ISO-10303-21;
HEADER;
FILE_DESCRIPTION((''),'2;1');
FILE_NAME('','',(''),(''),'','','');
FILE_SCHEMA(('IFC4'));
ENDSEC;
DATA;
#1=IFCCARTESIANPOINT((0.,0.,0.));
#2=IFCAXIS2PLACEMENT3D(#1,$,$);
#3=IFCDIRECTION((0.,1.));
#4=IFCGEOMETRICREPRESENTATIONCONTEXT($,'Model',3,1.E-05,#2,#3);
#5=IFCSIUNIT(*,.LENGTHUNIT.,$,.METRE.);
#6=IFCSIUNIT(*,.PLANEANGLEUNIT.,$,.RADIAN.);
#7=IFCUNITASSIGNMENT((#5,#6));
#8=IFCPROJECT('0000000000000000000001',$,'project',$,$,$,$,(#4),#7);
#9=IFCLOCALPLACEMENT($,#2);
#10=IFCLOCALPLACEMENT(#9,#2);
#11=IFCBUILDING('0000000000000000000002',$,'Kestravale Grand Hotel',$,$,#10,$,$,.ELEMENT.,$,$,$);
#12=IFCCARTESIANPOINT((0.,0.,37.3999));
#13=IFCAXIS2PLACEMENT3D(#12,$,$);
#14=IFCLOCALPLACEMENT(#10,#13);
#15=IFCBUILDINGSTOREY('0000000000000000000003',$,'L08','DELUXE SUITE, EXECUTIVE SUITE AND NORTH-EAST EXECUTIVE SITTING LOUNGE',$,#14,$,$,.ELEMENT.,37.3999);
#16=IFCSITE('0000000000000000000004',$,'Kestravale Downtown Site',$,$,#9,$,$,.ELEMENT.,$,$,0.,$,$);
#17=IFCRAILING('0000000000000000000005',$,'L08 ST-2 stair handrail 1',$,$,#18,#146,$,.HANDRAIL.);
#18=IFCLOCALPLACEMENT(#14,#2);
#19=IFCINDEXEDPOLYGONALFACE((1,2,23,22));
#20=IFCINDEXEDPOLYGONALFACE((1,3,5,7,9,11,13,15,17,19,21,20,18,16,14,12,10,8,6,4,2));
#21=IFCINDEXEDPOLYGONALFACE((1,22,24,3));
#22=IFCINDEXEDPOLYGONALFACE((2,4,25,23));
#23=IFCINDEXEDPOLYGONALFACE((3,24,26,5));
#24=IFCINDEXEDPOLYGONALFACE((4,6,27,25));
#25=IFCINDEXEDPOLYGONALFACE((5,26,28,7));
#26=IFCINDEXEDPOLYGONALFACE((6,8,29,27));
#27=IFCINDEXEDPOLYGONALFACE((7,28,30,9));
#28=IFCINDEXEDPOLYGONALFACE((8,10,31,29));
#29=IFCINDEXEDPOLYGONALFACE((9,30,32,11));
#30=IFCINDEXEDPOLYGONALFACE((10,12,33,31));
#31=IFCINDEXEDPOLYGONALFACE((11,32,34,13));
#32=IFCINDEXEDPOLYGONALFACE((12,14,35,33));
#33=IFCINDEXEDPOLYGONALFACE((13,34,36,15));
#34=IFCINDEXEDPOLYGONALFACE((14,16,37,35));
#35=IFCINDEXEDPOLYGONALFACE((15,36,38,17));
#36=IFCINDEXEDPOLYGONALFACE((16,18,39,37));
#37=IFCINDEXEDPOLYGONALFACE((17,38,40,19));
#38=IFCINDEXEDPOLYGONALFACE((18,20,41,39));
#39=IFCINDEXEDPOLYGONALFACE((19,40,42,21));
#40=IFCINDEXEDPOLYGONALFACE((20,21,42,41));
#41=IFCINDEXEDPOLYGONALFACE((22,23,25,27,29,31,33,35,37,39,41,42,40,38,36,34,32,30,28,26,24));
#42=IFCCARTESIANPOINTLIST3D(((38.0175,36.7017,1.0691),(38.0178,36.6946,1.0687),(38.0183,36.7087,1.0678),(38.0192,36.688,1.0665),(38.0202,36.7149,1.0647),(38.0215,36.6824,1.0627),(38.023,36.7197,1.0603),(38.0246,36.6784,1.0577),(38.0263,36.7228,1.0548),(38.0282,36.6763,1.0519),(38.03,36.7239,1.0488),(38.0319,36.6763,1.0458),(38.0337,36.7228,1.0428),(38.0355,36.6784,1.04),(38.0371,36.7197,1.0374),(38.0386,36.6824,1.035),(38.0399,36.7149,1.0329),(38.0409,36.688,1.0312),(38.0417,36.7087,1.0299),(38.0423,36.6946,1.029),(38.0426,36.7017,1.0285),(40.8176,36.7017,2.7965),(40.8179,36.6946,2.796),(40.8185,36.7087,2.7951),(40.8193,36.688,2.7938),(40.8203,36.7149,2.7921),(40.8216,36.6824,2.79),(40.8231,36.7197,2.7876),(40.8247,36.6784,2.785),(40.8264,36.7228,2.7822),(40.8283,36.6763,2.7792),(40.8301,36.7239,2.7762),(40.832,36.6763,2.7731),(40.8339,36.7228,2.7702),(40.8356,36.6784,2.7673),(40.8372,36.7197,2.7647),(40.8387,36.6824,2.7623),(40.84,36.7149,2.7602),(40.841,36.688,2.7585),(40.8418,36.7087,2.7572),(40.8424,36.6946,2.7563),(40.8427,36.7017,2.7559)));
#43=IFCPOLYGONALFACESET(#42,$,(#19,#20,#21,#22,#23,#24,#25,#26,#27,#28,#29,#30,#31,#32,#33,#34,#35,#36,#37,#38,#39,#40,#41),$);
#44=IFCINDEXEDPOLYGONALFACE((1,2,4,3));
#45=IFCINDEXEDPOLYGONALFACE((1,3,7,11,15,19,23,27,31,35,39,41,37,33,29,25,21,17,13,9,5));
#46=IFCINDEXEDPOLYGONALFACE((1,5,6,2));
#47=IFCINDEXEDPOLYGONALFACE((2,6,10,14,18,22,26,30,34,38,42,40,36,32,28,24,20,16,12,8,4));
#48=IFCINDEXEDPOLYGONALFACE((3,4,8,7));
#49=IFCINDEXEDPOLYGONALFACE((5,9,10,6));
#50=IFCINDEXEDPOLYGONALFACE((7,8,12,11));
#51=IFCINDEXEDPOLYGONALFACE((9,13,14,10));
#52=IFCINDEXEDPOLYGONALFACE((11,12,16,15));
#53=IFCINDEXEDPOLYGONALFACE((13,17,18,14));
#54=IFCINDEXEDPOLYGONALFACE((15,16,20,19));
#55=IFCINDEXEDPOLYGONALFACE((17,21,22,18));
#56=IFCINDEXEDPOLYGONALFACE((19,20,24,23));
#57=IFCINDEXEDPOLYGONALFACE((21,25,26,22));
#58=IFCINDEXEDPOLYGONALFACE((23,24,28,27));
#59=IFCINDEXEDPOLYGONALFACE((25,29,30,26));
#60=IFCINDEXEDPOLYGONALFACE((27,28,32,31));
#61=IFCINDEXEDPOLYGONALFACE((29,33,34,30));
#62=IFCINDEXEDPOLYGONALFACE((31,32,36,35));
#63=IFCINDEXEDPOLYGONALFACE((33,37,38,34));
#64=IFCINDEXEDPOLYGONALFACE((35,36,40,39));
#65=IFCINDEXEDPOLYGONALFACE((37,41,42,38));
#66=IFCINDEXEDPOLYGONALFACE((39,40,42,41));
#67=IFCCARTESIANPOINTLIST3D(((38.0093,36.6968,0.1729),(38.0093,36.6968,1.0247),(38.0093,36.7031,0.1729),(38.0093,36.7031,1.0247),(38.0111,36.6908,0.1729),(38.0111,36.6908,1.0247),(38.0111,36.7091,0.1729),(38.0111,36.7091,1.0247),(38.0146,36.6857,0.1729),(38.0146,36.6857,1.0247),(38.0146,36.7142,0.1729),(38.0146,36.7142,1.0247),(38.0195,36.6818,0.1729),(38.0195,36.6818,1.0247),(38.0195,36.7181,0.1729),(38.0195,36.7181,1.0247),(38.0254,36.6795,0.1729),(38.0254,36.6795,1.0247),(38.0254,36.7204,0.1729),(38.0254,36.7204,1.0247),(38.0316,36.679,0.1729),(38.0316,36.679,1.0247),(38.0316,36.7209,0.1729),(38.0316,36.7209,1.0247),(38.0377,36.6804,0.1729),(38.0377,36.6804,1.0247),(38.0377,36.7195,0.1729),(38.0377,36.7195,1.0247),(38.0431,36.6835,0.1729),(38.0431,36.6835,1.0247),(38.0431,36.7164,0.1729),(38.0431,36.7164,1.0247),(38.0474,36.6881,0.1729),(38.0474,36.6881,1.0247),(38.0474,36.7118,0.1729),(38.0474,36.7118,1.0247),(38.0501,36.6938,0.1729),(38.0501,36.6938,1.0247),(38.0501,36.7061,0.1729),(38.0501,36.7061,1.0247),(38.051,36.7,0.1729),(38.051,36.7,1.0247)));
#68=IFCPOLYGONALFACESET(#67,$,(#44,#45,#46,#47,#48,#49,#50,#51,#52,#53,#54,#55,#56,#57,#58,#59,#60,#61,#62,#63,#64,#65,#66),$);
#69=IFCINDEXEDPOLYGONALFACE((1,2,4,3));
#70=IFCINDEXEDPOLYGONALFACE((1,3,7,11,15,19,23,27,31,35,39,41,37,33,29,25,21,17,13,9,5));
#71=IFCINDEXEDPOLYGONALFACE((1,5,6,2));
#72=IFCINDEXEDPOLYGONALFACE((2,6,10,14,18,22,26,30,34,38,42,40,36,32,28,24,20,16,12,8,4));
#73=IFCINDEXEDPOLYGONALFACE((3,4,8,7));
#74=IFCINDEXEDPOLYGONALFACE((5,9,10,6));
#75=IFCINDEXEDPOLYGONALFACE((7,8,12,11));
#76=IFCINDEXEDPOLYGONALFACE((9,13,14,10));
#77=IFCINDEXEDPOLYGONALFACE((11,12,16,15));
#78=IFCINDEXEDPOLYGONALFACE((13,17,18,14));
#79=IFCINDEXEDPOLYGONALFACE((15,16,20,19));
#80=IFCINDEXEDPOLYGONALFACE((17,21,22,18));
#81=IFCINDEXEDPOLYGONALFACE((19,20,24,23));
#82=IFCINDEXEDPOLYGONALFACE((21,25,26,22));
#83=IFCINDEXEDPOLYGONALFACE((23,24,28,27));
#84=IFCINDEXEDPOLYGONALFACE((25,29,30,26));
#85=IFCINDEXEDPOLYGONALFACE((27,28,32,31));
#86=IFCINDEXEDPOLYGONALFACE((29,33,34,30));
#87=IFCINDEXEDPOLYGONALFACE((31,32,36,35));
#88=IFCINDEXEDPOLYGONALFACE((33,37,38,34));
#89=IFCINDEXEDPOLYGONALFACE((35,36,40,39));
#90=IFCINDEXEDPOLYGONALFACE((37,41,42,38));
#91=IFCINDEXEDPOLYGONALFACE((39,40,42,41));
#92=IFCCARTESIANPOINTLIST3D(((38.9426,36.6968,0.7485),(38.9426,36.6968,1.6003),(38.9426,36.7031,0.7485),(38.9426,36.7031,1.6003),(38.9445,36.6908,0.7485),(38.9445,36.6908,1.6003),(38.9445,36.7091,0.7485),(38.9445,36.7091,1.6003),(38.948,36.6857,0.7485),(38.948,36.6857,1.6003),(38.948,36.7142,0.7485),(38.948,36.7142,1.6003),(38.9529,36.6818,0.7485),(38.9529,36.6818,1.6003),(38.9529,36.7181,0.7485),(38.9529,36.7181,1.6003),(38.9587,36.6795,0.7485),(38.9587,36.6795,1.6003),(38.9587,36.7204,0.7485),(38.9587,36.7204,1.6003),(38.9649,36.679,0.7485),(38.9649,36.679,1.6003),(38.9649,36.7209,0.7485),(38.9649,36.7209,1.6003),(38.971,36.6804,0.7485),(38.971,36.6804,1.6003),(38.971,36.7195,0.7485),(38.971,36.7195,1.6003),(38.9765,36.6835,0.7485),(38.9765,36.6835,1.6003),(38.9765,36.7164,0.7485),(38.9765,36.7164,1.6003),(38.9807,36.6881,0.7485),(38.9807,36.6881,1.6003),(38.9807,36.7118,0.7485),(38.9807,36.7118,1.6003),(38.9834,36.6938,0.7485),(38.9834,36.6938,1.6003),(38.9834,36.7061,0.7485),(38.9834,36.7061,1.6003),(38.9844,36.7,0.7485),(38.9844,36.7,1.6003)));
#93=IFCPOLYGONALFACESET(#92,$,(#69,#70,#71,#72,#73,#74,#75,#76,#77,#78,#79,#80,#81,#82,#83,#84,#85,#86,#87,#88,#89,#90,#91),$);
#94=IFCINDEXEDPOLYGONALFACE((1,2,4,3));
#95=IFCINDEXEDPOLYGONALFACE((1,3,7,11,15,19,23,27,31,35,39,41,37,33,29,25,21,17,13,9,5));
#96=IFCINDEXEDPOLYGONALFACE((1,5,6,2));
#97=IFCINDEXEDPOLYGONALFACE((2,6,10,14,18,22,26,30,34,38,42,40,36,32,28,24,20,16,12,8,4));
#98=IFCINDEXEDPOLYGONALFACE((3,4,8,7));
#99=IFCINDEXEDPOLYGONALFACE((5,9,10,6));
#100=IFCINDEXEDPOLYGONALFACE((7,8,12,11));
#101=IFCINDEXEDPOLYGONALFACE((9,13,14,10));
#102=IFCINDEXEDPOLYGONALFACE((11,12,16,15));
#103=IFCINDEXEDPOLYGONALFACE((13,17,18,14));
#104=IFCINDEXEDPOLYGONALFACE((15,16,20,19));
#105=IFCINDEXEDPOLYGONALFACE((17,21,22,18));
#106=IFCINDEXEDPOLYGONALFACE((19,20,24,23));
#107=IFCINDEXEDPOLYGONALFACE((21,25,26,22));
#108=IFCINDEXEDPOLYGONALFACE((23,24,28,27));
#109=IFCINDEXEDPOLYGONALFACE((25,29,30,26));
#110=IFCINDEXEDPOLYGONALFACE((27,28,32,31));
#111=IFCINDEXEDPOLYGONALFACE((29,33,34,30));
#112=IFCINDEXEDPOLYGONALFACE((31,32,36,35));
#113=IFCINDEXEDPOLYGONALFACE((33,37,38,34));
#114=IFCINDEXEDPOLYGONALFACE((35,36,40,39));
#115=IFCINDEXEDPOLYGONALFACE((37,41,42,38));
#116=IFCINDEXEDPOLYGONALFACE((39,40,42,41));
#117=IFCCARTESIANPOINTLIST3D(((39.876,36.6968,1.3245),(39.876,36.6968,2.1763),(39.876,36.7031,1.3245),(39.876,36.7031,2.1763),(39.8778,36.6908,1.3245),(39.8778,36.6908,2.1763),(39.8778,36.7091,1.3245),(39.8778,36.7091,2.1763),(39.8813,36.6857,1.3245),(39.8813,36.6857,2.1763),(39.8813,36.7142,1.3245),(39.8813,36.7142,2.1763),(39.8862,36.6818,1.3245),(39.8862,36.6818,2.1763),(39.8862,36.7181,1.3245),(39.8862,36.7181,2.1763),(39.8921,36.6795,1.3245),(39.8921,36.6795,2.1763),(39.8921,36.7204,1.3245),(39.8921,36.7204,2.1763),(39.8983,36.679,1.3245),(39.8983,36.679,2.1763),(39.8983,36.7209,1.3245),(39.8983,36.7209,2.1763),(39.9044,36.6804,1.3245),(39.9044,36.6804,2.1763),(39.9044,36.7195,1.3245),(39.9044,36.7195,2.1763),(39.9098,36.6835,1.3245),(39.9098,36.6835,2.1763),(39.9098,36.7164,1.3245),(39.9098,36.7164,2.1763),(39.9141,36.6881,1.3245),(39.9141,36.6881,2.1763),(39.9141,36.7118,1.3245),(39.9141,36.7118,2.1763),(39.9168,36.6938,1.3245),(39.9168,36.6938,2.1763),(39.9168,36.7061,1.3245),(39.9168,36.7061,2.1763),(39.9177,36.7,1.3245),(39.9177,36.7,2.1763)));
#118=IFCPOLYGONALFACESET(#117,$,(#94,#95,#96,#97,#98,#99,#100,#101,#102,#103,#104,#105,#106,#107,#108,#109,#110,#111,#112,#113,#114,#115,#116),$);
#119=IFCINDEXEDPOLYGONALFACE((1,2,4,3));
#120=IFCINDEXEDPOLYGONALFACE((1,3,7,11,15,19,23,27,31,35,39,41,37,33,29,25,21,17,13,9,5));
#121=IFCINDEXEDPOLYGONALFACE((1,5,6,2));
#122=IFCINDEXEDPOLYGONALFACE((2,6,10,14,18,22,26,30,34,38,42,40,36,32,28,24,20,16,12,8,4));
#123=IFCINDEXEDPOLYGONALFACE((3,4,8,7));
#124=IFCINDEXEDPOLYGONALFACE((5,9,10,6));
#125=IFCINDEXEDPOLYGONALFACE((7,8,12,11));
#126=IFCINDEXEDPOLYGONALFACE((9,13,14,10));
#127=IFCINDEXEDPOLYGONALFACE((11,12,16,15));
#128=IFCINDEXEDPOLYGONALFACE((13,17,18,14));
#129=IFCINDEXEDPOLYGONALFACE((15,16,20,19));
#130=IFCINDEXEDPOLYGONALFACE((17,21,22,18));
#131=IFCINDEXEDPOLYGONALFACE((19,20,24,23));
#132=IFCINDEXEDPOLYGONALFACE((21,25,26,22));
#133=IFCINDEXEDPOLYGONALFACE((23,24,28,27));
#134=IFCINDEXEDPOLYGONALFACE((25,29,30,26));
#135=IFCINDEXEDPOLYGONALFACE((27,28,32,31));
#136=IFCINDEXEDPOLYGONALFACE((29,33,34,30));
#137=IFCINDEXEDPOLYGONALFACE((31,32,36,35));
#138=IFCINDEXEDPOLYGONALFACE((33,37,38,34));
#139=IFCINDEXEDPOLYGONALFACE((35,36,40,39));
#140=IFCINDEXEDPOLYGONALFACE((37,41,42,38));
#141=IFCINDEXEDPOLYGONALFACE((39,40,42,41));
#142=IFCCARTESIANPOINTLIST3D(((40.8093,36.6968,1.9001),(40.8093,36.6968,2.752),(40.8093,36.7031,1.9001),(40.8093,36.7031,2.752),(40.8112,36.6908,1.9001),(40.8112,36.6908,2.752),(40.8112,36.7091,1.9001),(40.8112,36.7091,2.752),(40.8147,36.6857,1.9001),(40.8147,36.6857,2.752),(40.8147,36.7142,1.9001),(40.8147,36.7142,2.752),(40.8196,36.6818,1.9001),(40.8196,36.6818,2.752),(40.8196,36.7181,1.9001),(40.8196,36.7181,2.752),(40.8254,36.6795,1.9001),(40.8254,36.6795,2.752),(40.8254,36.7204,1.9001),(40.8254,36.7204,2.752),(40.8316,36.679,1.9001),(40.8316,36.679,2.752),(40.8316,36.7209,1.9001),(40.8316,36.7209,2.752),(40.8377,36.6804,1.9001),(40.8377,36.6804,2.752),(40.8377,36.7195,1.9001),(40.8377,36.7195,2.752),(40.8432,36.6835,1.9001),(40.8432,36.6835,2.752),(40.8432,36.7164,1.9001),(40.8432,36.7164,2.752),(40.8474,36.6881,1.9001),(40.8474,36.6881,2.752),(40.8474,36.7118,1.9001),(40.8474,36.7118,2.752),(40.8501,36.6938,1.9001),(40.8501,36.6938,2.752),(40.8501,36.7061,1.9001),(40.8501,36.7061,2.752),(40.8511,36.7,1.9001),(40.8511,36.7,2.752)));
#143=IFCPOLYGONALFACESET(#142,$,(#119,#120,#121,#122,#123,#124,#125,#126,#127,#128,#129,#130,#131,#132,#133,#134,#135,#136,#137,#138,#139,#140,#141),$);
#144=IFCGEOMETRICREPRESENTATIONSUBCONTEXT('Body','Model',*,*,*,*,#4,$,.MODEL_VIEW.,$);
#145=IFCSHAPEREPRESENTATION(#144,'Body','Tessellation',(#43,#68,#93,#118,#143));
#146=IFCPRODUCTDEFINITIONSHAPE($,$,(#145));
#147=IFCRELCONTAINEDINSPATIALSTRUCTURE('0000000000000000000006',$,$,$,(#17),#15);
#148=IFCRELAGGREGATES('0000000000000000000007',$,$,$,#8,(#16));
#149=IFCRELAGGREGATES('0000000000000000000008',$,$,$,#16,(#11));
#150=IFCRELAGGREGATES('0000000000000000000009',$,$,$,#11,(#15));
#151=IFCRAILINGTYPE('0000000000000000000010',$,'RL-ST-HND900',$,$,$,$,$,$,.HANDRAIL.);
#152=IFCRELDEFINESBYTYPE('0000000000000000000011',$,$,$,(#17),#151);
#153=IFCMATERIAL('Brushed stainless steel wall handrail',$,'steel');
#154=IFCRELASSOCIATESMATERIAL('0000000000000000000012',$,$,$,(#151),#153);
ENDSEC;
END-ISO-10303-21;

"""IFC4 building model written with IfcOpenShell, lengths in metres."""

from ifc_helpers import new_model, si_unit, direction, frame, origin, origin_2d, place, context, subcontext, project, spatial, circle, extrude, material, type_object, element, save


model = new_model("IFC4")

# Units and contexts
model_context = context("Model", 3, precision=1e-05, world=origin(), true_north=direction((0.0, 1.0)))
body_context = subcontext(model_context, "Body", "Model", "MODEL_VIEW")
ifc_project = project(units=[si_unit("LENGTHUNIT", "METRE"), si_unit("PLANEANGLEUNIT", "RADIAN")], contexts=[model_context])

# Site, building, storey
site_placement = place(None, origin())
site = spatial("IfcSite", under=ifc_project, at=site_placement, Name="Kestravale Downtown Site", CompositionType="ELEMENT", RefElevation=0.0)
building_placement = place(site_placement, origin())
building = spatial("IfcBuilding", under=site, at=building_placement, Name="Kestravale Grand Hotel", CompositionType="ELEMENT")
storey_placement = place(building_placement, frame((0.0, 0.0, 37.3999)))
storey = spatial("IfcBuildingStorey", under=building, at=storey_placement, Name="L08", Description="DELUXE SUITE, EXECUTIVE SUITE AND NORTH-EAST EXECUTIVE SITTING LOUNGE", CompositionType="ELEMENT", Elevation=37.3999)

# Railing
ifc_material_1 = material(Name="Brushed stainless steel wall handrail", Category="steel")
railing_type_1 = type_object("IfcRailingType", Name="RL-ST-HND900", PredefinedType="HANDRAIL", material=ifc_material_1)
railing_1_placement = place(storey_placement, frame((38.03, 36.7, 0.1729)))
element("IfcRailing", 1, at=railing_1_placement, inside=storey, type_object=railing_type_1, Name="L08 ST-2 stair handrail 1", PredefinedType="HANDRAIL", context=body_context, shape_type="SweptSolid", body=[
    extrude(circle(Radius=0.0239, at=origin_2d()), frame((0.0, 0.0, 0.876), z_axis=(0.85109, 0.0, 0.52502), x_axis=(0.0, 1.0, 0.0)), (0.0, 0.0, 1.0), 3.29),
    extrude(circle(Radius=0.021, at=origin_2d()), origin(), (0.0, 0.0, 1.0), 0.8518),
    extrude(circle(Radius=0.021, at=origin_2d()), frame((0.9333, 0.0, 0.5757)), (0.0, 0.0, 1.0), 0.8518),
    extrude(circle(Radius=0.021, at=origin_2d()), frame((1.8667, 0.0, 1.1516)), (0.0, 0.0, 1.0), 0.8518),
    extrude(circle(Radius=0.021, at=origin_2d()), frame((2.8, 0.0, 1.7273)), (0.0, 0.0, 1.0), 0.8518),
])

save(model, "model.ifc")
